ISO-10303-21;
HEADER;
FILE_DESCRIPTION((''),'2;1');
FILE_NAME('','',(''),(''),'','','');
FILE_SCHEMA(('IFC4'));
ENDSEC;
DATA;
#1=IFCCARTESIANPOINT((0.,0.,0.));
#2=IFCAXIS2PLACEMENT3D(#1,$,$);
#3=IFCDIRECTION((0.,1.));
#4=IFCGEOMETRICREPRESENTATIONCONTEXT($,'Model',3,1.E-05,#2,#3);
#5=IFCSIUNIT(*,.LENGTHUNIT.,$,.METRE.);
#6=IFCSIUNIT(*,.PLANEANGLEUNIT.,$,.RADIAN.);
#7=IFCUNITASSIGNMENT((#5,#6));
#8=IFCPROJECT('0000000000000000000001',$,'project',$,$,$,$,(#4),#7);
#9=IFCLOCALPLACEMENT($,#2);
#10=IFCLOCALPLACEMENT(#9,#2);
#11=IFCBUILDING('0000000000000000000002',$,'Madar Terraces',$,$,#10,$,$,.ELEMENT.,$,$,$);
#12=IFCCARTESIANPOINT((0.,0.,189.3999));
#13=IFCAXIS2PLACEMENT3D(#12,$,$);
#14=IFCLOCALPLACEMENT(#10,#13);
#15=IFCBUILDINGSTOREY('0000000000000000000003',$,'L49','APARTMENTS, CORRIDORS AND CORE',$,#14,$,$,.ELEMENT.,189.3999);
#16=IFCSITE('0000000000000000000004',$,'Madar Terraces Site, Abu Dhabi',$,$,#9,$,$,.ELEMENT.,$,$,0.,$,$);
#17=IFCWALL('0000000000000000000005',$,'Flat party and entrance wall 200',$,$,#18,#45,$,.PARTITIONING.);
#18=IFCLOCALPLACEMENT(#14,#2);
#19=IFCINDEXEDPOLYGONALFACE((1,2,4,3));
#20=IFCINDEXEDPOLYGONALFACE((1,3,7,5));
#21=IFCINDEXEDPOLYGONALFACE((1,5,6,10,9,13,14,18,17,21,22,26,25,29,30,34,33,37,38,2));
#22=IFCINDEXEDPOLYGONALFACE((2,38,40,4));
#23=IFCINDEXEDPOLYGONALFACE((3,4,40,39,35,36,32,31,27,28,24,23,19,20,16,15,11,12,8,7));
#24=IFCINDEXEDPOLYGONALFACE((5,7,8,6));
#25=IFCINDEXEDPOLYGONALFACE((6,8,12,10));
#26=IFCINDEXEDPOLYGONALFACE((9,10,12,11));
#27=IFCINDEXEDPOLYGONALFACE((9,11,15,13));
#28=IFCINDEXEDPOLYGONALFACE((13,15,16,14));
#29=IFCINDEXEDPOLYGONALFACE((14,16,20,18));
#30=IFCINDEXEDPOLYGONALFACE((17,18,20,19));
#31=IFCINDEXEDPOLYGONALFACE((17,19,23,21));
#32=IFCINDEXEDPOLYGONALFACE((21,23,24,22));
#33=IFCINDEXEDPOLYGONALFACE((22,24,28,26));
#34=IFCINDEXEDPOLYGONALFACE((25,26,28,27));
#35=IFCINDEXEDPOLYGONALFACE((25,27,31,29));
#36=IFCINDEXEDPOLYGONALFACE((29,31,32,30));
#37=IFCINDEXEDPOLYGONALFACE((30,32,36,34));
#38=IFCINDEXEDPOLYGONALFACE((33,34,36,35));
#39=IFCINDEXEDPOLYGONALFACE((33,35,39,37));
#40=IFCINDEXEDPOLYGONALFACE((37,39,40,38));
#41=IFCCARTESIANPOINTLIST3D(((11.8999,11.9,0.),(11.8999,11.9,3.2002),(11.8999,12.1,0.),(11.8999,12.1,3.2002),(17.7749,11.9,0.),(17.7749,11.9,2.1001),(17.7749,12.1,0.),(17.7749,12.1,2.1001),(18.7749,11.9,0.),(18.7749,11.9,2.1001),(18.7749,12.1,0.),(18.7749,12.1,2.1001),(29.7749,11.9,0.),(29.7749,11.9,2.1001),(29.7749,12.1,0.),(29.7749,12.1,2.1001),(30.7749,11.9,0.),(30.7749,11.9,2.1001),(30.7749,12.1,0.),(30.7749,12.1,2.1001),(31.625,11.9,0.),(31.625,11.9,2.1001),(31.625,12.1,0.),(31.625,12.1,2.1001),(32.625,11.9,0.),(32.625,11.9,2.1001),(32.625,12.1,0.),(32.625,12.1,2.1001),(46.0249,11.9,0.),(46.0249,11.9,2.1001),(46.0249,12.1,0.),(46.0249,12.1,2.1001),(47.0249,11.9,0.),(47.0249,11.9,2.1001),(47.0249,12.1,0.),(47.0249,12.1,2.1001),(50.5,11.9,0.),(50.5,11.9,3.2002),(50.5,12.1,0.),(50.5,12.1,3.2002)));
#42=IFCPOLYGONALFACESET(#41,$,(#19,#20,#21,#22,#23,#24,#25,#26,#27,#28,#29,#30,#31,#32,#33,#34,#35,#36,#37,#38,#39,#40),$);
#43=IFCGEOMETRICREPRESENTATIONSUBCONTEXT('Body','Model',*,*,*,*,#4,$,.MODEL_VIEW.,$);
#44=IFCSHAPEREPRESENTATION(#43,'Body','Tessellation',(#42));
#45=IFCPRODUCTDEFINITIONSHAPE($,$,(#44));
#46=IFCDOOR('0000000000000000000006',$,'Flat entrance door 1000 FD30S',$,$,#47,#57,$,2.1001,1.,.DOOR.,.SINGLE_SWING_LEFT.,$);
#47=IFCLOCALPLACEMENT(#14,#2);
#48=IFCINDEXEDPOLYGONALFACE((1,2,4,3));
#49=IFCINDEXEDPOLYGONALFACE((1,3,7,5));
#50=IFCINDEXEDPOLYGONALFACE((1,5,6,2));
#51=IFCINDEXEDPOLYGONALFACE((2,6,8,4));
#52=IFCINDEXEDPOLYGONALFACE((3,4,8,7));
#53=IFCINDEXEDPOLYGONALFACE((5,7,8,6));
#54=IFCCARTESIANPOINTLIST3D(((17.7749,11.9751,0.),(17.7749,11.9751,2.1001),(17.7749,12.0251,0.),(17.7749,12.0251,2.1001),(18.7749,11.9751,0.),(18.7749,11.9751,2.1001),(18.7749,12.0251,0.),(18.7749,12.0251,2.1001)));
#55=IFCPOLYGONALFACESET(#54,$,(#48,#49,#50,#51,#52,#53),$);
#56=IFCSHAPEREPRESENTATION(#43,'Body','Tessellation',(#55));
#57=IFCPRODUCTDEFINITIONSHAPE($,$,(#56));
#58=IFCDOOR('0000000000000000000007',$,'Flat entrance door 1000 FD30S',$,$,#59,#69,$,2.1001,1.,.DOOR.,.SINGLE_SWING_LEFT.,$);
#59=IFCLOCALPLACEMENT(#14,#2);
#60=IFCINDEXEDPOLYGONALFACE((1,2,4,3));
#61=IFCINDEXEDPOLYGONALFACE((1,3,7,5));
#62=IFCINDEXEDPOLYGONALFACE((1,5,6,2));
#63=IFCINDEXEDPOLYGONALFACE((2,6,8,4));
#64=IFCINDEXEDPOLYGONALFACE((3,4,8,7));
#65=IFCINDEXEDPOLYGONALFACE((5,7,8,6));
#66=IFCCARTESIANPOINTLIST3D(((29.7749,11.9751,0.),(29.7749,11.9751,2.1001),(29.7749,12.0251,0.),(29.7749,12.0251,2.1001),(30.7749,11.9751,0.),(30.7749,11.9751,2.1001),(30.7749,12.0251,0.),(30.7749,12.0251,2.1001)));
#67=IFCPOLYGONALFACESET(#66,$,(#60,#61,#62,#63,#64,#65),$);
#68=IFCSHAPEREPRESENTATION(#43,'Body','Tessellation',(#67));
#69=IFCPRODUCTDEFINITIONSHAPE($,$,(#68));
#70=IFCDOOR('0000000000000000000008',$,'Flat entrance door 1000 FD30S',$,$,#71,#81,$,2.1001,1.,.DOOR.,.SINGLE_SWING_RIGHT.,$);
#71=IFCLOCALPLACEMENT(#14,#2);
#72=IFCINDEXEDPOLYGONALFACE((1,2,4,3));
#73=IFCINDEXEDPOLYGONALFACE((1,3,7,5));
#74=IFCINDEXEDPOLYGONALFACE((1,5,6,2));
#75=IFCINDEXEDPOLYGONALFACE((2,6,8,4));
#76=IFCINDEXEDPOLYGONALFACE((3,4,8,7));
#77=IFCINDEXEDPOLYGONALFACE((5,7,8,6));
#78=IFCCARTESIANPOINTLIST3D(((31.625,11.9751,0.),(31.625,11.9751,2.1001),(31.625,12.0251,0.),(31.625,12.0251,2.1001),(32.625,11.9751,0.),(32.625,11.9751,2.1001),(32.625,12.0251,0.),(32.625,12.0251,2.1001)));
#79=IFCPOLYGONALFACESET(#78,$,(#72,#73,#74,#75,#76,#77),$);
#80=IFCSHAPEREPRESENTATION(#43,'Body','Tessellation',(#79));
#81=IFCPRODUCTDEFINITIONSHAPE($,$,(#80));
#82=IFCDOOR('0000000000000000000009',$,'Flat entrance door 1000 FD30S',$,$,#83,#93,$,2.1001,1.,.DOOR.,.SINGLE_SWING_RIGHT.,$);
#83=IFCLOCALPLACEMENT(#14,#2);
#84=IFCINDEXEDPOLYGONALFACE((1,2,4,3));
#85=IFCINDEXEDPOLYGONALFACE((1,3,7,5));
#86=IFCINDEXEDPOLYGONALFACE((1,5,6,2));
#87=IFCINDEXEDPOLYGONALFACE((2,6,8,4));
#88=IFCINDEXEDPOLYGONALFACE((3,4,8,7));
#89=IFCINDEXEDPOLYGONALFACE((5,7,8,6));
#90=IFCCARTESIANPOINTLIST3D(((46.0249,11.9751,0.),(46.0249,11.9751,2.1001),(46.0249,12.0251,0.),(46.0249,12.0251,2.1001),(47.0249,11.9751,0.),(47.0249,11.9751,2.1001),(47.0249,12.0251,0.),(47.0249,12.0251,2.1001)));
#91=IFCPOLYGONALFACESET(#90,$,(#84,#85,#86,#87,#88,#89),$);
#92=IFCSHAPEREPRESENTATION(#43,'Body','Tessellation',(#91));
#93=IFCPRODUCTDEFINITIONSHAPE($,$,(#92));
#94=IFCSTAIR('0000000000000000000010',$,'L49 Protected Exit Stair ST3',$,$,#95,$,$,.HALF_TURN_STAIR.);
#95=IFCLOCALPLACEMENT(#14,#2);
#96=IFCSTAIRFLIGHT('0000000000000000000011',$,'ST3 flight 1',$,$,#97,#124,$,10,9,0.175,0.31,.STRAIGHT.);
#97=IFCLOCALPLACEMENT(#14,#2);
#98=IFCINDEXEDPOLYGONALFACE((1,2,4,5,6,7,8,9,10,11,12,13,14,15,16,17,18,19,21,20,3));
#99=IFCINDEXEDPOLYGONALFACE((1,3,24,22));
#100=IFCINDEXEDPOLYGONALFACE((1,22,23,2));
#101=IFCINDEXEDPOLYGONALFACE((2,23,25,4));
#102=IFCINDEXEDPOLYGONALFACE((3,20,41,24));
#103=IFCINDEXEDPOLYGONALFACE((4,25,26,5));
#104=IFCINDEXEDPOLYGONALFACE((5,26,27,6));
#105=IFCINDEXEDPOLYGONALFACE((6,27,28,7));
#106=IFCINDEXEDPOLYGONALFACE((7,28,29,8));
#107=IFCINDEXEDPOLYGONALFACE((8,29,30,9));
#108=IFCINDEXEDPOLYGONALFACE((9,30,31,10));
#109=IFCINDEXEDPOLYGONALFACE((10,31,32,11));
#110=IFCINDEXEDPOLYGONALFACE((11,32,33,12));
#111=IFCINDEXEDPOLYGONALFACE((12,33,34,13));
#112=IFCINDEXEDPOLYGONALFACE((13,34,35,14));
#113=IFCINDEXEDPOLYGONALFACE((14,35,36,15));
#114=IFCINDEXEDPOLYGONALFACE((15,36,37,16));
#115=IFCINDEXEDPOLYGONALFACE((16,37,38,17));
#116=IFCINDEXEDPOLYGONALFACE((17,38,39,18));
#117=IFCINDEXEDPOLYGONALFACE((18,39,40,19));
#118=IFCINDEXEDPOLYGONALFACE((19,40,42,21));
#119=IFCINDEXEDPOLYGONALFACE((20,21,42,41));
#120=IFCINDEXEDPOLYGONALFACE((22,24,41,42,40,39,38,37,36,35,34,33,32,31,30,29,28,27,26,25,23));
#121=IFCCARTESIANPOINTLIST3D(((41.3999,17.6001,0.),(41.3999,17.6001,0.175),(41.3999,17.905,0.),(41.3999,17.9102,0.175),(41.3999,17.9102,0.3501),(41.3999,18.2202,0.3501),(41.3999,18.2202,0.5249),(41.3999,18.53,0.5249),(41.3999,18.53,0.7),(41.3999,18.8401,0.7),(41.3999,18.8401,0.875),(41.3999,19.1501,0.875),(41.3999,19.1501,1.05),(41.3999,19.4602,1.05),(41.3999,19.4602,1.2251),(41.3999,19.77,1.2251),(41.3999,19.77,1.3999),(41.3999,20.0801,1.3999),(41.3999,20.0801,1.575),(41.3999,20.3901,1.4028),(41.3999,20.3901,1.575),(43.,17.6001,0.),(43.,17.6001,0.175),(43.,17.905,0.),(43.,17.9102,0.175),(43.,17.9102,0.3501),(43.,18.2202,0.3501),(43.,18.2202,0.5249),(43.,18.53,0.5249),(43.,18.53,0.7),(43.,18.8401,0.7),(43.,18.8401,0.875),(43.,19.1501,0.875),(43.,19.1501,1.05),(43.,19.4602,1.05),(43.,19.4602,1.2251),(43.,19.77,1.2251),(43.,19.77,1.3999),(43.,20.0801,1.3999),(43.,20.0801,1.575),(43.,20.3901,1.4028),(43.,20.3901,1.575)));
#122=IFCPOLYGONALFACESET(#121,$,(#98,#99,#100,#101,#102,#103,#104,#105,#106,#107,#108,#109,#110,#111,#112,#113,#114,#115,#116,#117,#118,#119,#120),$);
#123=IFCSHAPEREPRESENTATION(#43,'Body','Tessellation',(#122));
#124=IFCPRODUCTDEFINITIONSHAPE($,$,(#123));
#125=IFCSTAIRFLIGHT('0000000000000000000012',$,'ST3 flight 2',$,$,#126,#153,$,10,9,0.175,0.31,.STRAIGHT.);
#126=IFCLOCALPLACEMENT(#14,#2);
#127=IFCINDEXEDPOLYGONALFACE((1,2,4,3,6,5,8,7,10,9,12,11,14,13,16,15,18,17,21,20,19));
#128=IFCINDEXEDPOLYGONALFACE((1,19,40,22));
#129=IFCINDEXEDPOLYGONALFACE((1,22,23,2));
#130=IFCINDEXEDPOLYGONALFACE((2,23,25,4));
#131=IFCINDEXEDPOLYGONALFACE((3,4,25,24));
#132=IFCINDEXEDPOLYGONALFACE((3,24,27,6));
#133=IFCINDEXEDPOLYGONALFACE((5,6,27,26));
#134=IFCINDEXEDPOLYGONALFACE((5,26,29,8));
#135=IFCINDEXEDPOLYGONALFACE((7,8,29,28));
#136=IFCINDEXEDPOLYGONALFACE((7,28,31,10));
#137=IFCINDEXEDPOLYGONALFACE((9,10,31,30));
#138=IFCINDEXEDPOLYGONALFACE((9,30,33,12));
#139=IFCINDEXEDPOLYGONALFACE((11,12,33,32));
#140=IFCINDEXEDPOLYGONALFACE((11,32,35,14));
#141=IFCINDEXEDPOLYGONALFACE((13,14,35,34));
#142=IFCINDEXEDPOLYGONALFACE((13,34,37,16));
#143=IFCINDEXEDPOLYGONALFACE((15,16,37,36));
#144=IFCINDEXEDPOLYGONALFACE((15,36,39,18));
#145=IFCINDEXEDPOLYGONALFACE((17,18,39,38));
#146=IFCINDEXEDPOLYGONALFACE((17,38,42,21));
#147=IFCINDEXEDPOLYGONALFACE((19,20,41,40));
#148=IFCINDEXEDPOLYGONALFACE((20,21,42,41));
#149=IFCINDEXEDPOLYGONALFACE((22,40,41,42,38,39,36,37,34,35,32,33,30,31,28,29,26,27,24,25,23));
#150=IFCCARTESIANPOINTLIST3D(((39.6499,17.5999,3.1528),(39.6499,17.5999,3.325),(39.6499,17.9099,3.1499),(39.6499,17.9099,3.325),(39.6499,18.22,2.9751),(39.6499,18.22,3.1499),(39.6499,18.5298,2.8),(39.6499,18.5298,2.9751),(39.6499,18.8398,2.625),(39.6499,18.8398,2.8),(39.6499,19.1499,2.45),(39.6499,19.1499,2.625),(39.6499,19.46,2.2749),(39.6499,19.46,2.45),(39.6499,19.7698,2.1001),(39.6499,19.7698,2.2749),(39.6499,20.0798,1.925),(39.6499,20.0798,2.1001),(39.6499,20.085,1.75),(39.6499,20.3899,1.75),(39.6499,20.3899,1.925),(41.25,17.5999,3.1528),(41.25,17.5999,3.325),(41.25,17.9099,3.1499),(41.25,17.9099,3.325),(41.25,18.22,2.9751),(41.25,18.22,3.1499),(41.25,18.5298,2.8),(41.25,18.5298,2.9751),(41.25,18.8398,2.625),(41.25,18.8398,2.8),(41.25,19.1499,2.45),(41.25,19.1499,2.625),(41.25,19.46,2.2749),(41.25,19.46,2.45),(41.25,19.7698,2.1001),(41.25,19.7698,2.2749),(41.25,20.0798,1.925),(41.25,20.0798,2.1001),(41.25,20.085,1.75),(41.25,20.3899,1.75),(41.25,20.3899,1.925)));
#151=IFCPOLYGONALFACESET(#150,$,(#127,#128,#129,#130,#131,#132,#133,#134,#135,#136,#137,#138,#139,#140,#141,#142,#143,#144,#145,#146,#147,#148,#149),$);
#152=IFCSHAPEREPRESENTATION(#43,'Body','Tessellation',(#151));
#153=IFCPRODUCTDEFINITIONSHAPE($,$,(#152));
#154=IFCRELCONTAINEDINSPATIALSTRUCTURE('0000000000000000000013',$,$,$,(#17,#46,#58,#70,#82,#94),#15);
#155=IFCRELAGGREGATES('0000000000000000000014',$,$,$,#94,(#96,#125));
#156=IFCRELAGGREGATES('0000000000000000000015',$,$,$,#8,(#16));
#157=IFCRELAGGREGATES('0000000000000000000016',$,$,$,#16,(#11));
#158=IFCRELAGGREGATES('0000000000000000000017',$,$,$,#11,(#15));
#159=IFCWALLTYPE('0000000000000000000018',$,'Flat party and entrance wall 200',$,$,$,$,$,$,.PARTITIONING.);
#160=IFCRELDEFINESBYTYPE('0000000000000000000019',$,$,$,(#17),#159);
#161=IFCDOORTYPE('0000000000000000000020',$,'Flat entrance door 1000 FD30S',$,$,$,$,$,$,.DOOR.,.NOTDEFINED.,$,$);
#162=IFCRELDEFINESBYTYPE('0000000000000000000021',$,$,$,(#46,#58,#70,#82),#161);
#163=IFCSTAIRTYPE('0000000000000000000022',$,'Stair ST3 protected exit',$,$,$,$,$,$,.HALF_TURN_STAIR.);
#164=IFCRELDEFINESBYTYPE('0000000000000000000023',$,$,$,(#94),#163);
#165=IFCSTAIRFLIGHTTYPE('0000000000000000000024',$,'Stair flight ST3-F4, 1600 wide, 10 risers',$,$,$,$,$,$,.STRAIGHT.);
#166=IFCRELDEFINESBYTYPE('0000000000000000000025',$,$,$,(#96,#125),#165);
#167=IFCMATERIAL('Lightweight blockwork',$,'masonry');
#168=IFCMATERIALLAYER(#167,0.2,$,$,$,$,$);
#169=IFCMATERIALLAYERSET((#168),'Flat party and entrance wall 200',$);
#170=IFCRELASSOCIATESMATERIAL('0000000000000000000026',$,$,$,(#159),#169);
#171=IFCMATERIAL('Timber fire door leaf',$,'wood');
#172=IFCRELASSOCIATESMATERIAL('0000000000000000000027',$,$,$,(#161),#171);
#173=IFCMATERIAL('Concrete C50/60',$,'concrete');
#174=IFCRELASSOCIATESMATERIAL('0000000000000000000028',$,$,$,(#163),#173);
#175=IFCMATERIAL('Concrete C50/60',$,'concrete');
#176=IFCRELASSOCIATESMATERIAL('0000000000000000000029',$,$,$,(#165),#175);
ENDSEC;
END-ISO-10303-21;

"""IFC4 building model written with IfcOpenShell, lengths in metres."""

from ifc_helpers import new_model, si_unit, direction, frame, frame_2d, origin, place, context, subcontext, project, spatial, polyline, rectangle, outline, extrude, material, layer, layer_set, type_object, element, fill, aggregate, save


model = new_model("IFC4")

# Units and contexts
model_context = context("Model", 3, precision=1e-05, world=origin(), true_north=direction((0.0, 1.0)))
body_context = subcontext(model_context, "Body", "Model", "MODEL_VIEW")
ifc_project = project(units=[si_unit("LENGTHUNIT", "METRE"), si_unit("PLANEANGLEUNIT", "RADIAN")], contexts=[model_context])

# Site, building, storey
site_placement = place(None, origin())
site = spatial("IfcSite", under=ifc_project, at=site_placement, Name="Madar Terraces Site, Abu Dhabi", CompositionType="ELEMENT", RefElevation=0.0)
building_placement = place(site_placement, origin())
building = spatial("IfcBuilding", under=site, at=building_placement, Name="Madar Terraces", CompositionType="ELEMENT")
storey_placement = place(building_placement, frame((0.0, 0.0, 189.3999)))
storey = spatial("IfcBuildingStorey", under=building, at=storey_placement, Name="L49", Description="APARTMENTS, CORRIDORS AND CORE", CompositionType="ELEMENT", Elevation=189.3999)

# Wall, openings, doors
ifc_material_1 = material(Name="Lightweight blockwork", Category="masonry")
ifc_layer_1 = layer(ifc_material_1, 0.2)
ifc_layer_set_1 = layer_set([ifc_layer_1], Name="Flat party and entrance wall 200")
wall_type_1 = type_object("IfcWallType", Name="Flat party and entrance wall 200", PredefinedType="PARTITIONING", material=ifc_layer_set_1)
wall_1_placement = place(storey_placement, frame((50.5, 12.0, 0.0), z_axis=(0.0, 0.0, 1.0), x_axis=(-1.0, 0.0, 0.0)))
wall_1 = element("IfcWall", 1, at=wall_1_placement, inside=storey, type_object=wall_type_1, Name="Flat party and entrance wall 200", PredefinedType="PARTITIONING", context=body_context, shape_type="SweptSolid", body=[
    extrude(rectangle(XDim=38.6001, YDim=0.2, at=frame_2d((19.3, 0.0))), origin(), (0.0, 0.0, 1.0), 3.2002),
])
opening_1_placement = place(wall_1_placement, frame((31.7251, 0.0, 0.0)))
opening_1 = element("IfcOpeningElement", 2, at=opening_1_placement, cuts=wall_1, PredefinedType="OPENING", context=body_context, shape_type="SweptSolid", body=[
    extrude(rectangle(XDim=1.0, YDim=2.1001, at=frame_2d((0.5, 1.05))), frame((0.0, 0.1099, 0.0), z_axis=(0.0, -1.0, 0.0), x_axis=(1.0, 0.0, 0.0)), (0.0, 0.0, 1.0), 0.22),
])
opening_2_placement = place(wall_1_placement, frame((19.7251, 0.0, 0.0)))
opening_2 = element("IfcOpeningElement", 3, at=opening_2_placement, cuts=wall_1, PredefinedType="OPENING", context=body_context, shape_type="SweptSolid", body=[
    extrude(rectangle(XDim=1.0, YDim=2.1001, at=frame_2d((0.5, 1.05))), frame((0.0, 0.1099, 0.0), z_axis=(0.0, -1.0, 0.0), x_axis=(1.0, 0.0, 0.0)), (0.0, 0.0, 1.0), 0.22),
])
opening_3_placement = place(wall_1_placement, frame((17.875, 0.0, 0.0)))
opening_3 = element("IfcOpeningElement", 4, at=opening_3_placement, cuts=wall_1, PredefinedType="OPENING", context=body_context, shape_type="SweptSolid", body=[
    extrude(rectangle(XDim=1.0, YDim=2.1001, at=frame_2d((0.5, 1.05))), frame((0.0, 0.1099, 0.0), z_axis=(0.0, -1.0, 0.0), x_axis=(1.0, 0.0, 0.0)), (0.0, 0.0, 1.0), 0.22),
])
opening_4_placement = place(wall_1_placement, frame((3.4751, 0.0, 0.0)))
opening_4 = element("IfcOpeningElement", 5, at=opening_4_placement, cuts=wall_1, PredefinedType="OPENING", context=body_context, shape_type="SweptSolid", body=[
    extrude(rectangle(XDim=1.0, YDim=2.1001, at=frame_2d((0.5, 1.05))), frame((0.0, 0.1099, 0.0), z_axis=(0.0, -1.0, 0.0), x_axis=(1.0, 0.0, 0.0)), (0.0, 0.0, 1.0), 0.22),
])
ifc_material_2 = material(Name="Timber fire door leaf", Category="wood")
door_type_1 = type_object("IfcDoorType", Name="Flat entrance door 1000 FD30S", OperationType="NOTDEFINED", PredefinedType="DOOR", material=ifc_material_2)
door_1_placement = place(opening_1_placement, origin())
door_1 = element("IfcDoor", 6, at=door_1_placement, inside=storey, type_object=door_type_1, Name="Flat entrance door 1000 FD30S", OperationType="SINGLE_SWING_LEFT", OverallHeight=2.1001, OverallWidth=1.0, PredefinedType="DOOR", context=body_context, shape_type="SweptSolid", body=[
    extrude(rectangle(XDim=1.0, YDim=2.1001, at=frame_2d((0.5, 1.05))), frame((0.0, 0.0249, 0.0), z_axis=(0.0, -1.0, 0.0), x_axis=(1.0, 0.0, 0.0)), (0.0, 0.0, 1.0), 0.05),
])
fill(opening_1, door_1)
door_2_placement = place(opening_2_placement, origin())
door_2 = element("IfcDoor", 7, at=door_2_placement, inside=storey, type_object=door_type_1, Name="Flat entrance door 1000 FD30S", OperationType="SINGLE_SWING_LEFT", OverallHeight=2.1001, OverallWidth=1.0, PredefinedType="DOOR", context=body_context, shape_type="SweptSolid", body=[
    extrude(rectangle(XDim=1.0, YDim=2.1001, at=frame_2d((0.5, 1.05))), frame((0.0, 0.0249, 0.0), z_axis=(0.0, -1.0, 0.0), x_axis=(1.0, 0.0, 0.0)), (0.0, 0.0, 1.0), 0.05),
])
fill(opening_2, door_2)
door_3_placement = place(opening_3_placement, origin())
door_3 = element("IfcDoor", 8, at=door_3_placement, inside=storey, type_object=door_type_1, Name="Flat entrance door 1000 FD30S", OperationType="SINGLE_SWING_RIGHT", OverallHeight=2.1001, OverallWidth=1.0, PredefinedType="DOOR", context=body_context, shape_type="SweptSolid", body=[
    extrude(rectangle(XDim=1.0, YDim=2.1001, at=frame_2d((0.5, 1.05))), frame((0.0, 0.0249, 0.0), z_axis=(0.0, -1.0, 0.0), x_axis=(1.0, 0.0, 0.0)), (0.0, 0.0, 1.0), 0.05),
])
fill(opening_3, door_3)
door_4_placement = place(opening_4_placement, origin())
door_4 = element("IfcDoor", 9, at=door_4_placement, inside=storey, type_object=door_type_1, Name="Flat entrance door 1000 FD30S", OperationType="SINGLE_SWING_RIGHT", OverallHeight=2.1001, OverallWidth=1.0, PredefinedType="DOOR", context=body_context, shape_type="SweptSolid", body=[
    extrude(rectangle(XDim=1.0, YDim=2.1001, at=frame_2d((0.5, 1.05))), frame((0.0, 0.0249, 0.0), z_axis=(0.0, -1.0, 0.0), x_axis=(1.0, 0.0, 0.0)), (0.0, 0.0, 1.0), 0.05),
])
fill(opening_4, door_4)

# Stair, stair flights
ifc_material_3 = material(Name="Concrete C50/60", Category="concrete")
stair_type = type_object("IfcStairType", Name="Stair ST3 protected exit", PredefinedType="HALF_TURN_STAIR", material=ifc_material_3)
stair_placement = place(storey_placement, origin())
stair = element("IfcStair", 10, at=stair_placement, inside=storey, type_object=stair_type, Name="L49 Protected Exit Stair ST3", PredefinedType="HALF_TURN_STAIR")
ifc_material_4 = material(Name="Concrete C50/60", Category="concrete")
stair_flight_type = type_object("IfcStairFlightType", Name="Stair flight ST3-F4, 1600 wide, 10 risers", PredefinedType="STRAIGHT", material=ifc_material_4)
stair_flight_1_placement = place(storey_placement, frame((42.2, 17.6001, 0.0), z_axis=(0.0, 0.0, 1.0), x_axis=(0.0, 1.0, 0.0)))
stair_flight_1 = element("IfcStairFlight", 11, at=stair_flight_1_placement, type_object=stair_flight_type, Name="ST3 flight 1", NumberOfRisers=10, NumberOfTreads=9, PredefinedType="STRAIGHT", RiserHeight=0.175, TreadLength=0.31, context=body_context, shape_type="SweptSolid", body=[
    extrude(outline(polyline([(0.0, 0.0), (0.0, 0.175), (0.3101, 0.175), (0.3101, 0.3501), (0.6201, 0.3501), (0.6201, 0.5249), (0.9299, 0.5249), (0.9299, 0.7), (1.24, 0.7), (1.24, 0.875), (1.55, 0.875), (1.55, 1.05), (1.8601, 1.05), (1.8601, 1.2251), (2.1699, 1.2251), (2.1699, 1.3999), (2.48, 1.3999), (2.48, 1.575), (2.79, 1.575), (2.79, 1.75), (2.79, 1.4028), (0.3049, 0.0), (0.0, 0.0)])), frame((0.0, 0.8, 0.0), z_axis=(0.0, -1.0, 0.0), x_axis=(1.0, 0.0, 0.0)), (0.0, 0.0, 1.0), 1.6001),
])
stair_flight_2_placement = place(storey_placement, frame((40.45, 20.3899, 1.75), z_axis=(0.0, 0.0, 1.0), x_axis=(0.0, -1.0, 0.0)))
stair_flight_2 = element("IfcStairFlight", 12, at=stair_flight_2_placement, type_object=stair_flight_type, Name="ST3 flight 2", NumberOfRisers=10, NumberOfTreads=9, PredefinedType="STRAIGHT", RiserHeight=0.175, TreadLength=0.31, context=body_context, shape_type="SweptSolid", body=[
    extrude(outline(polyline([(0.0, 0.0), (0.0, 0.175), (0.3101, 0.175), (0.3101, 0.3501), (0.6201, 0.3501), (0.6201, 0.5249), (0.9299, 0.5249), (0.9299, 0.7), (1.24, 0.7), (1.24, 0.875), (1.55, 0.875), (1.55, 1.05), (1.8601, 1.05), (1.8601, 1.2251), (2.1699, 1.2251), (2.1699, 1.3999), (2.48, 1.3999), (2.48, 1.575), (2.79, 1.575), (2.79, 1.75), (2.79, 1.4028), (0.3049, 0.0), (0.0, 0.0)])), frame((0.0, 0.8, 0.0), z_axis=(0.0, -1.0, 0.0), x_axis=(1.0, 0.0, 0.0)), (0.0, 0.0, 1.0), 1.6001),
])
aggregate(stair, [stair_flight_1, stair_flight_2])

save(model, "model.ifc")
